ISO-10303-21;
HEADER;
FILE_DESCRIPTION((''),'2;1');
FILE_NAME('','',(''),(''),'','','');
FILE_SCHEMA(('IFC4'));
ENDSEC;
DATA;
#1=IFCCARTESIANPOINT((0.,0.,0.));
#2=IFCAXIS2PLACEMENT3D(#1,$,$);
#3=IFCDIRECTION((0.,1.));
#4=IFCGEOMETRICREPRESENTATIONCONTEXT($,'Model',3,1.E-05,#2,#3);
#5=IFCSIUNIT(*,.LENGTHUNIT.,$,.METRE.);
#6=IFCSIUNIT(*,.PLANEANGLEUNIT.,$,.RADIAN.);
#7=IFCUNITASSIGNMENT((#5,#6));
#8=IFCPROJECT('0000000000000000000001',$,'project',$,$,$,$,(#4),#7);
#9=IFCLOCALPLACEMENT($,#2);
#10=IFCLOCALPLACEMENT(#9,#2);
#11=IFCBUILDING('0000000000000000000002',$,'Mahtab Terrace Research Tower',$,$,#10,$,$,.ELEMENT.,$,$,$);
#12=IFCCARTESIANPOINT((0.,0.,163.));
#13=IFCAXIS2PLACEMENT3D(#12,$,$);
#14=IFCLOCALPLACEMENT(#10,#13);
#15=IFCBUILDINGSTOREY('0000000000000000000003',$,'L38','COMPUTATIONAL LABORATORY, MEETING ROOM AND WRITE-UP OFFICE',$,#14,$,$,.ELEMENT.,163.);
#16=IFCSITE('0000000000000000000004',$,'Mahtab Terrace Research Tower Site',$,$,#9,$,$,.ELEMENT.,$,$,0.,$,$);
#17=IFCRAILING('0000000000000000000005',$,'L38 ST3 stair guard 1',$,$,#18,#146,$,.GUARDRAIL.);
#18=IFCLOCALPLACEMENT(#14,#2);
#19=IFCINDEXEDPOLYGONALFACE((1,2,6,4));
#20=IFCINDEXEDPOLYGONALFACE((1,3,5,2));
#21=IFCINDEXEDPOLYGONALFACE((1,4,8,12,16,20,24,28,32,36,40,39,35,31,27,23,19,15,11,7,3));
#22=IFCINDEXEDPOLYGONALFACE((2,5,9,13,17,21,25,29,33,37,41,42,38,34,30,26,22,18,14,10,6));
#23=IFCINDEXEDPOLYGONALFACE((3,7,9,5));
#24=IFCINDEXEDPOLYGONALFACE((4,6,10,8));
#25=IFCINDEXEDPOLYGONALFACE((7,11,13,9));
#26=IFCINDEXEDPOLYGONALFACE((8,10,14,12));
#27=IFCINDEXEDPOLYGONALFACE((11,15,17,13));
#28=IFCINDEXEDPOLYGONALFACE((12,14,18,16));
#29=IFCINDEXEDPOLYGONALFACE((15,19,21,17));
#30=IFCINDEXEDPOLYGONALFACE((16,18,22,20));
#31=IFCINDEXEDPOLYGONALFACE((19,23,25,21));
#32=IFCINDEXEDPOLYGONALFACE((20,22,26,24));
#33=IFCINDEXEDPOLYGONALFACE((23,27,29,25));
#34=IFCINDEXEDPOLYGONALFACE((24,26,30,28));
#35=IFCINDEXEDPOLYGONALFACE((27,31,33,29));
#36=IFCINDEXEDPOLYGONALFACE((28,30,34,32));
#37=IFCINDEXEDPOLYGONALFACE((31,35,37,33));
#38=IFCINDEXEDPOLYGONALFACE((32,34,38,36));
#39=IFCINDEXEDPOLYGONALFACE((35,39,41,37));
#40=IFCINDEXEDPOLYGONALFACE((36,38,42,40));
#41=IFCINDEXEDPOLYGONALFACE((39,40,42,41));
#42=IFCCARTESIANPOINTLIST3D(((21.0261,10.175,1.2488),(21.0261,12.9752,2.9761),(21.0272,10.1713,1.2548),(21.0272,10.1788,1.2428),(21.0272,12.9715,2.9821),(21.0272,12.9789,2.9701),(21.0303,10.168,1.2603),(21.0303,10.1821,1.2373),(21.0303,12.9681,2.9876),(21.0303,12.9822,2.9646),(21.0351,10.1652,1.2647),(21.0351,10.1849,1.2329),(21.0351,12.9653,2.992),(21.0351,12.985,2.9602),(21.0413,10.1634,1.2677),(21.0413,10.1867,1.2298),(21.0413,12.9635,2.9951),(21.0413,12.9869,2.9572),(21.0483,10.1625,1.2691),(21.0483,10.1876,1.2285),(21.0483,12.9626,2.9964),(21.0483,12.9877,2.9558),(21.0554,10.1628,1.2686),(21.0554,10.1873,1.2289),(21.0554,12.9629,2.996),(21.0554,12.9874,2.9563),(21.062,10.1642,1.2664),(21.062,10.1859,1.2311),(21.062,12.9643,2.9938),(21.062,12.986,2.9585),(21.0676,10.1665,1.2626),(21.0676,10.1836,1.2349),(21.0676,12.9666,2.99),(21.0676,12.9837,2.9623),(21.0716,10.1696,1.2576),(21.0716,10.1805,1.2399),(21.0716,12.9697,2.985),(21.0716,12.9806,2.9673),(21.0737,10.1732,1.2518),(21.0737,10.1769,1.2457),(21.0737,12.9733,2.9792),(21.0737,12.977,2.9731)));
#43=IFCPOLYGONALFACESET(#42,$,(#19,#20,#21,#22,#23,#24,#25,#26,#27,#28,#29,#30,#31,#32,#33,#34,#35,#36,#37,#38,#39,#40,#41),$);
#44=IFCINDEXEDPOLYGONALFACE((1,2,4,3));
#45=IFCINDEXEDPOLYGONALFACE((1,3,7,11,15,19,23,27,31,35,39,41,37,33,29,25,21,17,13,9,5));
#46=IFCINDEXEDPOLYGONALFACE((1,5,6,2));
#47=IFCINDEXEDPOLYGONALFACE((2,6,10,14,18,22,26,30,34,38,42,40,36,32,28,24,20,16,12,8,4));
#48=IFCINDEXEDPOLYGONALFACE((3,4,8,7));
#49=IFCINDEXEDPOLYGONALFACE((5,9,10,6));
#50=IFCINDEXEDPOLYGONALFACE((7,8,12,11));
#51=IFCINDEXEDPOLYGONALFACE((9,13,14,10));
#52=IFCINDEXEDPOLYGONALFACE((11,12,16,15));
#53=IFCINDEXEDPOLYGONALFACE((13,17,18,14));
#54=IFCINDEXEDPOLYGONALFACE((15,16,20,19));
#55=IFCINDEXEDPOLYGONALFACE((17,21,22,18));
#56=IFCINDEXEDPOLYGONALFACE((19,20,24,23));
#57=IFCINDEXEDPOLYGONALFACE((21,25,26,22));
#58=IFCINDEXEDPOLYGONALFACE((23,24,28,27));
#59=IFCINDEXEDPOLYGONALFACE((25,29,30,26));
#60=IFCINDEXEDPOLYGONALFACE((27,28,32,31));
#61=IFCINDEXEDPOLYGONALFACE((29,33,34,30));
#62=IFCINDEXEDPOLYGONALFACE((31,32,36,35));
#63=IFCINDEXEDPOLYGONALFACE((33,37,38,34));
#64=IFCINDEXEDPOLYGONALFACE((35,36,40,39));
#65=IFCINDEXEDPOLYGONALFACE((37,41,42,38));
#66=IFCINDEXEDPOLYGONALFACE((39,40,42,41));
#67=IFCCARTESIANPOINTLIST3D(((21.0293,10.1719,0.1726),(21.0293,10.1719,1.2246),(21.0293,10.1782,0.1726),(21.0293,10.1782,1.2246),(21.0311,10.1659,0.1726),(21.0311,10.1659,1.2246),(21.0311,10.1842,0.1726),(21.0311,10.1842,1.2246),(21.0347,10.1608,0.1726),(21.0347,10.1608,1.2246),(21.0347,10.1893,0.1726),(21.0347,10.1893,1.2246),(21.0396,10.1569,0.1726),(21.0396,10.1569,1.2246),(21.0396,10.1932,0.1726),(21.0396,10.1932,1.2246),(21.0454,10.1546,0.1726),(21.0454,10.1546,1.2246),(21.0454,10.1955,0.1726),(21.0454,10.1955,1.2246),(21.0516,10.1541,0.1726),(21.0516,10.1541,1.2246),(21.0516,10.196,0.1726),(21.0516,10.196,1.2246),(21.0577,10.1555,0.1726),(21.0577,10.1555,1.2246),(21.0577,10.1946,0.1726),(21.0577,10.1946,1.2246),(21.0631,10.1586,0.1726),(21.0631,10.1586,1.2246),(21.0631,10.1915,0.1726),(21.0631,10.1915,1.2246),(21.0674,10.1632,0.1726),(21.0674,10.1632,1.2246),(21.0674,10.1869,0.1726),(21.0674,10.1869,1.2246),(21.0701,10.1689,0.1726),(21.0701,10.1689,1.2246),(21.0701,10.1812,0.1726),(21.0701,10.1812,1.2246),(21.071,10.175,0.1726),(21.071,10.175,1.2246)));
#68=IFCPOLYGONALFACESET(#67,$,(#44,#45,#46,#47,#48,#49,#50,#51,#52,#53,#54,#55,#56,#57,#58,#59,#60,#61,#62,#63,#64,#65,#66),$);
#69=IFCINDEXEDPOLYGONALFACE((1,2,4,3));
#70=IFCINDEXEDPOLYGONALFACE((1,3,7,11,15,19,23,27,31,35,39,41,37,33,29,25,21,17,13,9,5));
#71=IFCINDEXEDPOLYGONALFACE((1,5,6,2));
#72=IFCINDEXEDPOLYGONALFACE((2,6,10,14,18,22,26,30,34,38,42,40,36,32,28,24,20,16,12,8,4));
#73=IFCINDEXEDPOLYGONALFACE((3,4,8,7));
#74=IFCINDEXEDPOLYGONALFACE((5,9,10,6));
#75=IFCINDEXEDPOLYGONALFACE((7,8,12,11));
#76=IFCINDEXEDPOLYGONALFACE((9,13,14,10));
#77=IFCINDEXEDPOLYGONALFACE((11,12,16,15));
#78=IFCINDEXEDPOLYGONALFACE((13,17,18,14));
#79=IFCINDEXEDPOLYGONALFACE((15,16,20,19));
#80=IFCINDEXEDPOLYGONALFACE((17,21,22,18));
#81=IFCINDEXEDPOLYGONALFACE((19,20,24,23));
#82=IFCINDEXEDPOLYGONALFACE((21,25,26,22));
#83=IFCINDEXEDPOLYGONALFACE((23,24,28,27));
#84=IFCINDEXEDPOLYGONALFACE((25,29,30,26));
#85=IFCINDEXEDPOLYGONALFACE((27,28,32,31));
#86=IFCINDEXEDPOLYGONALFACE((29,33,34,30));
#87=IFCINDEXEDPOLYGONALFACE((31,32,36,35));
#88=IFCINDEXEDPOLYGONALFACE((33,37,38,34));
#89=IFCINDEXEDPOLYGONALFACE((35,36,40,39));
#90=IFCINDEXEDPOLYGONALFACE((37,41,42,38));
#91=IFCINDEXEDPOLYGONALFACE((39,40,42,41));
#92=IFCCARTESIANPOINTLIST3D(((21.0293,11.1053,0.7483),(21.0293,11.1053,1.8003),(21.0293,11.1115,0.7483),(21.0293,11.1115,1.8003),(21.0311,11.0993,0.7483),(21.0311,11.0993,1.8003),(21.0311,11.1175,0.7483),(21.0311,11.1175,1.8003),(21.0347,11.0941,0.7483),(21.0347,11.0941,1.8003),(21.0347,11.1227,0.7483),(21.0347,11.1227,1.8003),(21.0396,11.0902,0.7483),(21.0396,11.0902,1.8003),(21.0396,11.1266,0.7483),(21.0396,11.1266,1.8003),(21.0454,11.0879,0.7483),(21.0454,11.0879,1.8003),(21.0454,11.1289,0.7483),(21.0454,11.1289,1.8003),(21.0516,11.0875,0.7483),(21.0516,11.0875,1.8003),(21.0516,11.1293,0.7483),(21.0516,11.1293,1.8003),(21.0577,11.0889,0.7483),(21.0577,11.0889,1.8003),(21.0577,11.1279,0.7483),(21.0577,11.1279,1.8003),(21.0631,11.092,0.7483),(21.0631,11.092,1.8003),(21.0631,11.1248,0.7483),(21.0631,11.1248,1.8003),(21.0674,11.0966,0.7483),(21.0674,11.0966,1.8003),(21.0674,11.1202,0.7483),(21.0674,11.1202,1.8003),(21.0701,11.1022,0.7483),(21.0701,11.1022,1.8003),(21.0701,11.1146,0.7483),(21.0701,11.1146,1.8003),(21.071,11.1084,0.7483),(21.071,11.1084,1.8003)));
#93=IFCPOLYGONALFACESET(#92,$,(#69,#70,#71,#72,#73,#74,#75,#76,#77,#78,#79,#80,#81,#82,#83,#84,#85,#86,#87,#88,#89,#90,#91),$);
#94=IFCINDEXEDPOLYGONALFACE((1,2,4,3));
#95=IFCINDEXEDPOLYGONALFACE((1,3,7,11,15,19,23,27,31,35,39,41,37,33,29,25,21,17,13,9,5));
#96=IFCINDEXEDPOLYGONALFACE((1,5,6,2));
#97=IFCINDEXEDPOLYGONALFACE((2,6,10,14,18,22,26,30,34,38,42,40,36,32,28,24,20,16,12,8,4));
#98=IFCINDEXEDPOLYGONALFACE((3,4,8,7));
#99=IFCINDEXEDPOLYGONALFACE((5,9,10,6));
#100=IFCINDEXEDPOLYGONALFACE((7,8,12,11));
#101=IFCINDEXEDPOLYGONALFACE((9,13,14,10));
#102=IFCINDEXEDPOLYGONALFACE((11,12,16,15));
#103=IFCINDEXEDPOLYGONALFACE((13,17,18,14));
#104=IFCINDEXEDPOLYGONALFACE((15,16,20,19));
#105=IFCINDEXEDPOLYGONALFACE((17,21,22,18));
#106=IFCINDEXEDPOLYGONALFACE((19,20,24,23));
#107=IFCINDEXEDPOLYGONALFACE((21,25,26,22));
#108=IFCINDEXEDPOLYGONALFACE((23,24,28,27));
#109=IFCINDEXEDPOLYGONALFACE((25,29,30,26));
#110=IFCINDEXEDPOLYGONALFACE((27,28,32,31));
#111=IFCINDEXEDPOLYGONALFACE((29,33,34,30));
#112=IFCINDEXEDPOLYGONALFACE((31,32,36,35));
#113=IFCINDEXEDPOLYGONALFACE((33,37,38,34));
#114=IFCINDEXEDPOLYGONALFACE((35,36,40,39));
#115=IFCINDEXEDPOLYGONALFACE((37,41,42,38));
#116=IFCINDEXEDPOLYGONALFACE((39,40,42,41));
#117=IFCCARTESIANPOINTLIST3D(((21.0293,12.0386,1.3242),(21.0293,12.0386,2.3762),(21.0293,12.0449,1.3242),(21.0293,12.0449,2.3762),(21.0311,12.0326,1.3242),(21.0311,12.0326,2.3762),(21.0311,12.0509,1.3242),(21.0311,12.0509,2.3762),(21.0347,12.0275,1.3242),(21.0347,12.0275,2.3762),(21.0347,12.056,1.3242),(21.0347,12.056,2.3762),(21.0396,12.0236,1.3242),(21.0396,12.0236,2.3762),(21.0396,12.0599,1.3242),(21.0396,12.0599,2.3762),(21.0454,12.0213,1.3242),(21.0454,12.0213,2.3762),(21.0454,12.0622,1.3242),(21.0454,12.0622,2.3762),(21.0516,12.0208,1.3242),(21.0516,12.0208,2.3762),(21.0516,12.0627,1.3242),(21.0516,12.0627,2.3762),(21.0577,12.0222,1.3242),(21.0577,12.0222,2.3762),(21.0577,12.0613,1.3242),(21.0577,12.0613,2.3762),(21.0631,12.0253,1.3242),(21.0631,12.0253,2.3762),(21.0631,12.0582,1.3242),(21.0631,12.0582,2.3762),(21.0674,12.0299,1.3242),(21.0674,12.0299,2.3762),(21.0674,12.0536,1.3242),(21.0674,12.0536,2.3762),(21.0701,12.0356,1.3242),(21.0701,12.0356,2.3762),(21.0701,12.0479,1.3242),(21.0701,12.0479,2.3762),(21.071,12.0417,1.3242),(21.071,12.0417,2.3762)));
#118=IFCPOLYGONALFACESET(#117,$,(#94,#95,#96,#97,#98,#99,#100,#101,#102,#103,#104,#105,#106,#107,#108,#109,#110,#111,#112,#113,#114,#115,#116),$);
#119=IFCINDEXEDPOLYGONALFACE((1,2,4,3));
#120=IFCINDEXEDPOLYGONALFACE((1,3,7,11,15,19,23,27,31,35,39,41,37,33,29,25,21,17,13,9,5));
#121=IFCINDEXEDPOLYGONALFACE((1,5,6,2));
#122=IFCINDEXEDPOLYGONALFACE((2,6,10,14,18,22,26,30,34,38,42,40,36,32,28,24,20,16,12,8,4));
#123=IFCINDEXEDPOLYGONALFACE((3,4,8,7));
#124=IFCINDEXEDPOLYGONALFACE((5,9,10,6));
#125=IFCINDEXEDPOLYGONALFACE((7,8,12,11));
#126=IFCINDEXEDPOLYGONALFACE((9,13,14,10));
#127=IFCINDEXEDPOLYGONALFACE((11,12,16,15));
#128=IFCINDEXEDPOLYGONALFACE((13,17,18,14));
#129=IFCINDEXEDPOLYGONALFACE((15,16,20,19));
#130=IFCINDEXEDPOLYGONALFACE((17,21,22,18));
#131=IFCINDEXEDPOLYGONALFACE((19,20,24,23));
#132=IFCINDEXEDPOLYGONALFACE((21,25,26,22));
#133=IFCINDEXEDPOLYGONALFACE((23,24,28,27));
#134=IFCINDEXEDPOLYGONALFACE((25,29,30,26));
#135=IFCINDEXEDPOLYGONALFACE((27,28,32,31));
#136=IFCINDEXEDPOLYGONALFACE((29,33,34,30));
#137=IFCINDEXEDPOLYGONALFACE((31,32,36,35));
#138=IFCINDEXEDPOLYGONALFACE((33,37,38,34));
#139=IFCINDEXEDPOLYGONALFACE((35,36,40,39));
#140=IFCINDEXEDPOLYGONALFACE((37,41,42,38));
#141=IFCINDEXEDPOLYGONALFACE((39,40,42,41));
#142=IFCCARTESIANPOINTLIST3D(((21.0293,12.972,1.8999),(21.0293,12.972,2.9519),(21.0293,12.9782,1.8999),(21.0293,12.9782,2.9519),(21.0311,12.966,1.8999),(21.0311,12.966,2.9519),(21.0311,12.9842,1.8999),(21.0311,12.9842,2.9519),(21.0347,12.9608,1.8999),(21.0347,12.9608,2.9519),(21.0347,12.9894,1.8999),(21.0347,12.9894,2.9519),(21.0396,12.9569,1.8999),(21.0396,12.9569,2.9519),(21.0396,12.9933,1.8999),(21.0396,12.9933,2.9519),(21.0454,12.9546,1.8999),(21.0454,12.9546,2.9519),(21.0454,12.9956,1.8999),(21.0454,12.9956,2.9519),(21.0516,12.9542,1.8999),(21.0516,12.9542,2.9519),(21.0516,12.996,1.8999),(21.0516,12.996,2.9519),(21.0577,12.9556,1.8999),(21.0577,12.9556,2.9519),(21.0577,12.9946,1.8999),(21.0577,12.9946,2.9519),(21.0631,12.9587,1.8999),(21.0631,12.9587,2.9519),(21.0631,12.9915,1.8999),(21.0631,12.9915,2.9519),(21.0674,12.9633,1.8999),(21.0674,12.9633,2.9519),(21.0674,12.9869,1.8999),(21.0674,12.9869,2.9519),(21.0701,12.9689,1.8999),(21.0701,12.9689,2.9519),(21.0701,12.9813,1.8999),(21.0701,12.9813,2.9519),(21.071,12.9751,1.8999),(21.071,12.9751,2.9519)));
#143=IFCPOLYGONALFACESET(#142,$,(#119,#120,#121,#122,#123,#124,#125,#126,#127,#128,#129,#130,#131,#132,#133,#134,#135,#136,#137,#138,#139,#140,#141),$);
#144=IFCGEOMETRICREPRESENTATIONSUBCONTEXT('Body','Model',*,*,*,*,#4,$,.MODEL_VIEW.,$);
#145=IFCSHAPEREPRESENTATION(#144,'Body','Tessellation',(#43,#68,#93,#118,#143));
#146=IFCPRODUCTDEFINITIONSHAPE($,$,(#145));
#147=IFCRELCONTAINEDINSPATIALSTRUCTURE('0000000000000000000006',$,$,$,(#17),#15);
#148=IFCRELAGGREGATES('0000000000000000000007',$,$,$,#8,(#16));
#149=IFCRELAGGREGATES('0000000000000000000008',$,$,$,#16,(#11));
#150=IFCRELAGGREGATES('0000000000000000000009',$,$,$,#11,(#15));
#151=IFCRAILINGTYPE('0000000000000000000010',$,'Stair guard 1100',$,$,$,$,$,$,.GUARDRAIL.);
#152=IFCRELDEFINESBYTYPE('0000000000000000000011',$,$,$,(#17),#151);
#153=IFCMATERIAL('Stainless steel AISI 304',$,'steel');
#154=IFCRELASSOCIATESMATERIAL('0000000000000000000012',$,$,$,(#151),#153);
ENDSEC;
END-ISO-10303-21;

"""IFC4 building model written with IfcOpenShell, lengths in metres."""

from ifc_helpers import new_model, si_unit, direction, frame, origin, origin_2d, place, context, subcontext, project, spatial, circle, extrude, material, type_object, element, save


model = new_model("IFC4")

# Units and contexts
model_context = context("Model", 3, precision=1e-05, world=origin(), true_north=direction((0.0, 1.0)))
body_context = subcontext(model_context, "Body", "Model", "MODEL_VIEW")
ifc_project = project(units=[si_unit("LENGTHUNIT", "METRE"), si_unit("PLANEANGLEUNIT", "RADIAN")], contexts=[model_context])

# Site, building, storey
site_placement = place(None, origin())
site = spatial("IfcSite", under=ifc_project, at=site_placement, Name="Mahtab Terrace Research Tower Site", CompositionType="ELEMENT", RefElevation=0.0)
building_placement = place(site_placement, origin())
building = spatial("IfcBuilding", under=site, at=building_placement, Name="Mahtab Terrace Research Tower", CompositionType="ELEMENT")
storey_placement = place(building_placement, frame((0.0, 0.0, 163.0)))
storey = spatial("IfcBuildingStorey", under=building, at=storey_placement, Name="L38", Description="COMPUTATIONAL LABORATORY, MEETING ROOM AND WRITE-UP OFFICE", CompositionType="ELEMENT", Elevation=163.0)

# Railing
ifc_material_1 = material(Name="Stainless steel AISI 304", Category="steel")
railing_type_1 = type_object("IfcRailingType", Name="Stair guard 1100", PredefinedType="GUARDRAIL", material=ifc_material_1)
railing_1_placement = place(storey_placement, frame((21.05, 10.175, 0.1726)))
element("IfcRailing", 1, at=railing_1_placement, inside=storey, type_object=railing_type_1, Name="L38 ST3 stair guard 1", PredefinedType="GUARDRAIL", context=body_context, shape_type="SweptSolid", body=[
    extrude(circle(Radius=0.0239, at=origin_2d()), frame((0.0, 0.0, 1.0762), z_axis=(0.0, 0.85109, 0.52502), x_axis=(-1.0, 0.0, 0.0)), (0.0, 0.0, 1.0), 3.29),
    extrude(circle(Radius=0.021, at=origin_2d()), origin(), (0.0, 0.0, 1.0), 1.052),
    extrude(circle(Radius=0.021, at=origin_2d()), frame((0.0, 0.9333, 0.5757)), (0.0, 0.0, 1.0), 1.052),
    extrude(circle(Radius=0.021, at=origin_2d()), frame((0.0, 1.8667, 1.1516)), (0.0, 0.0, 1.0), 1.052),
    extrude(circle(Radius=0.021, at=origin_2d()), frame((0.0, 2.8, 1.7273)), (0.0, 0.0, 1.0), 1.052),
])

save(model, "model.ifc")
